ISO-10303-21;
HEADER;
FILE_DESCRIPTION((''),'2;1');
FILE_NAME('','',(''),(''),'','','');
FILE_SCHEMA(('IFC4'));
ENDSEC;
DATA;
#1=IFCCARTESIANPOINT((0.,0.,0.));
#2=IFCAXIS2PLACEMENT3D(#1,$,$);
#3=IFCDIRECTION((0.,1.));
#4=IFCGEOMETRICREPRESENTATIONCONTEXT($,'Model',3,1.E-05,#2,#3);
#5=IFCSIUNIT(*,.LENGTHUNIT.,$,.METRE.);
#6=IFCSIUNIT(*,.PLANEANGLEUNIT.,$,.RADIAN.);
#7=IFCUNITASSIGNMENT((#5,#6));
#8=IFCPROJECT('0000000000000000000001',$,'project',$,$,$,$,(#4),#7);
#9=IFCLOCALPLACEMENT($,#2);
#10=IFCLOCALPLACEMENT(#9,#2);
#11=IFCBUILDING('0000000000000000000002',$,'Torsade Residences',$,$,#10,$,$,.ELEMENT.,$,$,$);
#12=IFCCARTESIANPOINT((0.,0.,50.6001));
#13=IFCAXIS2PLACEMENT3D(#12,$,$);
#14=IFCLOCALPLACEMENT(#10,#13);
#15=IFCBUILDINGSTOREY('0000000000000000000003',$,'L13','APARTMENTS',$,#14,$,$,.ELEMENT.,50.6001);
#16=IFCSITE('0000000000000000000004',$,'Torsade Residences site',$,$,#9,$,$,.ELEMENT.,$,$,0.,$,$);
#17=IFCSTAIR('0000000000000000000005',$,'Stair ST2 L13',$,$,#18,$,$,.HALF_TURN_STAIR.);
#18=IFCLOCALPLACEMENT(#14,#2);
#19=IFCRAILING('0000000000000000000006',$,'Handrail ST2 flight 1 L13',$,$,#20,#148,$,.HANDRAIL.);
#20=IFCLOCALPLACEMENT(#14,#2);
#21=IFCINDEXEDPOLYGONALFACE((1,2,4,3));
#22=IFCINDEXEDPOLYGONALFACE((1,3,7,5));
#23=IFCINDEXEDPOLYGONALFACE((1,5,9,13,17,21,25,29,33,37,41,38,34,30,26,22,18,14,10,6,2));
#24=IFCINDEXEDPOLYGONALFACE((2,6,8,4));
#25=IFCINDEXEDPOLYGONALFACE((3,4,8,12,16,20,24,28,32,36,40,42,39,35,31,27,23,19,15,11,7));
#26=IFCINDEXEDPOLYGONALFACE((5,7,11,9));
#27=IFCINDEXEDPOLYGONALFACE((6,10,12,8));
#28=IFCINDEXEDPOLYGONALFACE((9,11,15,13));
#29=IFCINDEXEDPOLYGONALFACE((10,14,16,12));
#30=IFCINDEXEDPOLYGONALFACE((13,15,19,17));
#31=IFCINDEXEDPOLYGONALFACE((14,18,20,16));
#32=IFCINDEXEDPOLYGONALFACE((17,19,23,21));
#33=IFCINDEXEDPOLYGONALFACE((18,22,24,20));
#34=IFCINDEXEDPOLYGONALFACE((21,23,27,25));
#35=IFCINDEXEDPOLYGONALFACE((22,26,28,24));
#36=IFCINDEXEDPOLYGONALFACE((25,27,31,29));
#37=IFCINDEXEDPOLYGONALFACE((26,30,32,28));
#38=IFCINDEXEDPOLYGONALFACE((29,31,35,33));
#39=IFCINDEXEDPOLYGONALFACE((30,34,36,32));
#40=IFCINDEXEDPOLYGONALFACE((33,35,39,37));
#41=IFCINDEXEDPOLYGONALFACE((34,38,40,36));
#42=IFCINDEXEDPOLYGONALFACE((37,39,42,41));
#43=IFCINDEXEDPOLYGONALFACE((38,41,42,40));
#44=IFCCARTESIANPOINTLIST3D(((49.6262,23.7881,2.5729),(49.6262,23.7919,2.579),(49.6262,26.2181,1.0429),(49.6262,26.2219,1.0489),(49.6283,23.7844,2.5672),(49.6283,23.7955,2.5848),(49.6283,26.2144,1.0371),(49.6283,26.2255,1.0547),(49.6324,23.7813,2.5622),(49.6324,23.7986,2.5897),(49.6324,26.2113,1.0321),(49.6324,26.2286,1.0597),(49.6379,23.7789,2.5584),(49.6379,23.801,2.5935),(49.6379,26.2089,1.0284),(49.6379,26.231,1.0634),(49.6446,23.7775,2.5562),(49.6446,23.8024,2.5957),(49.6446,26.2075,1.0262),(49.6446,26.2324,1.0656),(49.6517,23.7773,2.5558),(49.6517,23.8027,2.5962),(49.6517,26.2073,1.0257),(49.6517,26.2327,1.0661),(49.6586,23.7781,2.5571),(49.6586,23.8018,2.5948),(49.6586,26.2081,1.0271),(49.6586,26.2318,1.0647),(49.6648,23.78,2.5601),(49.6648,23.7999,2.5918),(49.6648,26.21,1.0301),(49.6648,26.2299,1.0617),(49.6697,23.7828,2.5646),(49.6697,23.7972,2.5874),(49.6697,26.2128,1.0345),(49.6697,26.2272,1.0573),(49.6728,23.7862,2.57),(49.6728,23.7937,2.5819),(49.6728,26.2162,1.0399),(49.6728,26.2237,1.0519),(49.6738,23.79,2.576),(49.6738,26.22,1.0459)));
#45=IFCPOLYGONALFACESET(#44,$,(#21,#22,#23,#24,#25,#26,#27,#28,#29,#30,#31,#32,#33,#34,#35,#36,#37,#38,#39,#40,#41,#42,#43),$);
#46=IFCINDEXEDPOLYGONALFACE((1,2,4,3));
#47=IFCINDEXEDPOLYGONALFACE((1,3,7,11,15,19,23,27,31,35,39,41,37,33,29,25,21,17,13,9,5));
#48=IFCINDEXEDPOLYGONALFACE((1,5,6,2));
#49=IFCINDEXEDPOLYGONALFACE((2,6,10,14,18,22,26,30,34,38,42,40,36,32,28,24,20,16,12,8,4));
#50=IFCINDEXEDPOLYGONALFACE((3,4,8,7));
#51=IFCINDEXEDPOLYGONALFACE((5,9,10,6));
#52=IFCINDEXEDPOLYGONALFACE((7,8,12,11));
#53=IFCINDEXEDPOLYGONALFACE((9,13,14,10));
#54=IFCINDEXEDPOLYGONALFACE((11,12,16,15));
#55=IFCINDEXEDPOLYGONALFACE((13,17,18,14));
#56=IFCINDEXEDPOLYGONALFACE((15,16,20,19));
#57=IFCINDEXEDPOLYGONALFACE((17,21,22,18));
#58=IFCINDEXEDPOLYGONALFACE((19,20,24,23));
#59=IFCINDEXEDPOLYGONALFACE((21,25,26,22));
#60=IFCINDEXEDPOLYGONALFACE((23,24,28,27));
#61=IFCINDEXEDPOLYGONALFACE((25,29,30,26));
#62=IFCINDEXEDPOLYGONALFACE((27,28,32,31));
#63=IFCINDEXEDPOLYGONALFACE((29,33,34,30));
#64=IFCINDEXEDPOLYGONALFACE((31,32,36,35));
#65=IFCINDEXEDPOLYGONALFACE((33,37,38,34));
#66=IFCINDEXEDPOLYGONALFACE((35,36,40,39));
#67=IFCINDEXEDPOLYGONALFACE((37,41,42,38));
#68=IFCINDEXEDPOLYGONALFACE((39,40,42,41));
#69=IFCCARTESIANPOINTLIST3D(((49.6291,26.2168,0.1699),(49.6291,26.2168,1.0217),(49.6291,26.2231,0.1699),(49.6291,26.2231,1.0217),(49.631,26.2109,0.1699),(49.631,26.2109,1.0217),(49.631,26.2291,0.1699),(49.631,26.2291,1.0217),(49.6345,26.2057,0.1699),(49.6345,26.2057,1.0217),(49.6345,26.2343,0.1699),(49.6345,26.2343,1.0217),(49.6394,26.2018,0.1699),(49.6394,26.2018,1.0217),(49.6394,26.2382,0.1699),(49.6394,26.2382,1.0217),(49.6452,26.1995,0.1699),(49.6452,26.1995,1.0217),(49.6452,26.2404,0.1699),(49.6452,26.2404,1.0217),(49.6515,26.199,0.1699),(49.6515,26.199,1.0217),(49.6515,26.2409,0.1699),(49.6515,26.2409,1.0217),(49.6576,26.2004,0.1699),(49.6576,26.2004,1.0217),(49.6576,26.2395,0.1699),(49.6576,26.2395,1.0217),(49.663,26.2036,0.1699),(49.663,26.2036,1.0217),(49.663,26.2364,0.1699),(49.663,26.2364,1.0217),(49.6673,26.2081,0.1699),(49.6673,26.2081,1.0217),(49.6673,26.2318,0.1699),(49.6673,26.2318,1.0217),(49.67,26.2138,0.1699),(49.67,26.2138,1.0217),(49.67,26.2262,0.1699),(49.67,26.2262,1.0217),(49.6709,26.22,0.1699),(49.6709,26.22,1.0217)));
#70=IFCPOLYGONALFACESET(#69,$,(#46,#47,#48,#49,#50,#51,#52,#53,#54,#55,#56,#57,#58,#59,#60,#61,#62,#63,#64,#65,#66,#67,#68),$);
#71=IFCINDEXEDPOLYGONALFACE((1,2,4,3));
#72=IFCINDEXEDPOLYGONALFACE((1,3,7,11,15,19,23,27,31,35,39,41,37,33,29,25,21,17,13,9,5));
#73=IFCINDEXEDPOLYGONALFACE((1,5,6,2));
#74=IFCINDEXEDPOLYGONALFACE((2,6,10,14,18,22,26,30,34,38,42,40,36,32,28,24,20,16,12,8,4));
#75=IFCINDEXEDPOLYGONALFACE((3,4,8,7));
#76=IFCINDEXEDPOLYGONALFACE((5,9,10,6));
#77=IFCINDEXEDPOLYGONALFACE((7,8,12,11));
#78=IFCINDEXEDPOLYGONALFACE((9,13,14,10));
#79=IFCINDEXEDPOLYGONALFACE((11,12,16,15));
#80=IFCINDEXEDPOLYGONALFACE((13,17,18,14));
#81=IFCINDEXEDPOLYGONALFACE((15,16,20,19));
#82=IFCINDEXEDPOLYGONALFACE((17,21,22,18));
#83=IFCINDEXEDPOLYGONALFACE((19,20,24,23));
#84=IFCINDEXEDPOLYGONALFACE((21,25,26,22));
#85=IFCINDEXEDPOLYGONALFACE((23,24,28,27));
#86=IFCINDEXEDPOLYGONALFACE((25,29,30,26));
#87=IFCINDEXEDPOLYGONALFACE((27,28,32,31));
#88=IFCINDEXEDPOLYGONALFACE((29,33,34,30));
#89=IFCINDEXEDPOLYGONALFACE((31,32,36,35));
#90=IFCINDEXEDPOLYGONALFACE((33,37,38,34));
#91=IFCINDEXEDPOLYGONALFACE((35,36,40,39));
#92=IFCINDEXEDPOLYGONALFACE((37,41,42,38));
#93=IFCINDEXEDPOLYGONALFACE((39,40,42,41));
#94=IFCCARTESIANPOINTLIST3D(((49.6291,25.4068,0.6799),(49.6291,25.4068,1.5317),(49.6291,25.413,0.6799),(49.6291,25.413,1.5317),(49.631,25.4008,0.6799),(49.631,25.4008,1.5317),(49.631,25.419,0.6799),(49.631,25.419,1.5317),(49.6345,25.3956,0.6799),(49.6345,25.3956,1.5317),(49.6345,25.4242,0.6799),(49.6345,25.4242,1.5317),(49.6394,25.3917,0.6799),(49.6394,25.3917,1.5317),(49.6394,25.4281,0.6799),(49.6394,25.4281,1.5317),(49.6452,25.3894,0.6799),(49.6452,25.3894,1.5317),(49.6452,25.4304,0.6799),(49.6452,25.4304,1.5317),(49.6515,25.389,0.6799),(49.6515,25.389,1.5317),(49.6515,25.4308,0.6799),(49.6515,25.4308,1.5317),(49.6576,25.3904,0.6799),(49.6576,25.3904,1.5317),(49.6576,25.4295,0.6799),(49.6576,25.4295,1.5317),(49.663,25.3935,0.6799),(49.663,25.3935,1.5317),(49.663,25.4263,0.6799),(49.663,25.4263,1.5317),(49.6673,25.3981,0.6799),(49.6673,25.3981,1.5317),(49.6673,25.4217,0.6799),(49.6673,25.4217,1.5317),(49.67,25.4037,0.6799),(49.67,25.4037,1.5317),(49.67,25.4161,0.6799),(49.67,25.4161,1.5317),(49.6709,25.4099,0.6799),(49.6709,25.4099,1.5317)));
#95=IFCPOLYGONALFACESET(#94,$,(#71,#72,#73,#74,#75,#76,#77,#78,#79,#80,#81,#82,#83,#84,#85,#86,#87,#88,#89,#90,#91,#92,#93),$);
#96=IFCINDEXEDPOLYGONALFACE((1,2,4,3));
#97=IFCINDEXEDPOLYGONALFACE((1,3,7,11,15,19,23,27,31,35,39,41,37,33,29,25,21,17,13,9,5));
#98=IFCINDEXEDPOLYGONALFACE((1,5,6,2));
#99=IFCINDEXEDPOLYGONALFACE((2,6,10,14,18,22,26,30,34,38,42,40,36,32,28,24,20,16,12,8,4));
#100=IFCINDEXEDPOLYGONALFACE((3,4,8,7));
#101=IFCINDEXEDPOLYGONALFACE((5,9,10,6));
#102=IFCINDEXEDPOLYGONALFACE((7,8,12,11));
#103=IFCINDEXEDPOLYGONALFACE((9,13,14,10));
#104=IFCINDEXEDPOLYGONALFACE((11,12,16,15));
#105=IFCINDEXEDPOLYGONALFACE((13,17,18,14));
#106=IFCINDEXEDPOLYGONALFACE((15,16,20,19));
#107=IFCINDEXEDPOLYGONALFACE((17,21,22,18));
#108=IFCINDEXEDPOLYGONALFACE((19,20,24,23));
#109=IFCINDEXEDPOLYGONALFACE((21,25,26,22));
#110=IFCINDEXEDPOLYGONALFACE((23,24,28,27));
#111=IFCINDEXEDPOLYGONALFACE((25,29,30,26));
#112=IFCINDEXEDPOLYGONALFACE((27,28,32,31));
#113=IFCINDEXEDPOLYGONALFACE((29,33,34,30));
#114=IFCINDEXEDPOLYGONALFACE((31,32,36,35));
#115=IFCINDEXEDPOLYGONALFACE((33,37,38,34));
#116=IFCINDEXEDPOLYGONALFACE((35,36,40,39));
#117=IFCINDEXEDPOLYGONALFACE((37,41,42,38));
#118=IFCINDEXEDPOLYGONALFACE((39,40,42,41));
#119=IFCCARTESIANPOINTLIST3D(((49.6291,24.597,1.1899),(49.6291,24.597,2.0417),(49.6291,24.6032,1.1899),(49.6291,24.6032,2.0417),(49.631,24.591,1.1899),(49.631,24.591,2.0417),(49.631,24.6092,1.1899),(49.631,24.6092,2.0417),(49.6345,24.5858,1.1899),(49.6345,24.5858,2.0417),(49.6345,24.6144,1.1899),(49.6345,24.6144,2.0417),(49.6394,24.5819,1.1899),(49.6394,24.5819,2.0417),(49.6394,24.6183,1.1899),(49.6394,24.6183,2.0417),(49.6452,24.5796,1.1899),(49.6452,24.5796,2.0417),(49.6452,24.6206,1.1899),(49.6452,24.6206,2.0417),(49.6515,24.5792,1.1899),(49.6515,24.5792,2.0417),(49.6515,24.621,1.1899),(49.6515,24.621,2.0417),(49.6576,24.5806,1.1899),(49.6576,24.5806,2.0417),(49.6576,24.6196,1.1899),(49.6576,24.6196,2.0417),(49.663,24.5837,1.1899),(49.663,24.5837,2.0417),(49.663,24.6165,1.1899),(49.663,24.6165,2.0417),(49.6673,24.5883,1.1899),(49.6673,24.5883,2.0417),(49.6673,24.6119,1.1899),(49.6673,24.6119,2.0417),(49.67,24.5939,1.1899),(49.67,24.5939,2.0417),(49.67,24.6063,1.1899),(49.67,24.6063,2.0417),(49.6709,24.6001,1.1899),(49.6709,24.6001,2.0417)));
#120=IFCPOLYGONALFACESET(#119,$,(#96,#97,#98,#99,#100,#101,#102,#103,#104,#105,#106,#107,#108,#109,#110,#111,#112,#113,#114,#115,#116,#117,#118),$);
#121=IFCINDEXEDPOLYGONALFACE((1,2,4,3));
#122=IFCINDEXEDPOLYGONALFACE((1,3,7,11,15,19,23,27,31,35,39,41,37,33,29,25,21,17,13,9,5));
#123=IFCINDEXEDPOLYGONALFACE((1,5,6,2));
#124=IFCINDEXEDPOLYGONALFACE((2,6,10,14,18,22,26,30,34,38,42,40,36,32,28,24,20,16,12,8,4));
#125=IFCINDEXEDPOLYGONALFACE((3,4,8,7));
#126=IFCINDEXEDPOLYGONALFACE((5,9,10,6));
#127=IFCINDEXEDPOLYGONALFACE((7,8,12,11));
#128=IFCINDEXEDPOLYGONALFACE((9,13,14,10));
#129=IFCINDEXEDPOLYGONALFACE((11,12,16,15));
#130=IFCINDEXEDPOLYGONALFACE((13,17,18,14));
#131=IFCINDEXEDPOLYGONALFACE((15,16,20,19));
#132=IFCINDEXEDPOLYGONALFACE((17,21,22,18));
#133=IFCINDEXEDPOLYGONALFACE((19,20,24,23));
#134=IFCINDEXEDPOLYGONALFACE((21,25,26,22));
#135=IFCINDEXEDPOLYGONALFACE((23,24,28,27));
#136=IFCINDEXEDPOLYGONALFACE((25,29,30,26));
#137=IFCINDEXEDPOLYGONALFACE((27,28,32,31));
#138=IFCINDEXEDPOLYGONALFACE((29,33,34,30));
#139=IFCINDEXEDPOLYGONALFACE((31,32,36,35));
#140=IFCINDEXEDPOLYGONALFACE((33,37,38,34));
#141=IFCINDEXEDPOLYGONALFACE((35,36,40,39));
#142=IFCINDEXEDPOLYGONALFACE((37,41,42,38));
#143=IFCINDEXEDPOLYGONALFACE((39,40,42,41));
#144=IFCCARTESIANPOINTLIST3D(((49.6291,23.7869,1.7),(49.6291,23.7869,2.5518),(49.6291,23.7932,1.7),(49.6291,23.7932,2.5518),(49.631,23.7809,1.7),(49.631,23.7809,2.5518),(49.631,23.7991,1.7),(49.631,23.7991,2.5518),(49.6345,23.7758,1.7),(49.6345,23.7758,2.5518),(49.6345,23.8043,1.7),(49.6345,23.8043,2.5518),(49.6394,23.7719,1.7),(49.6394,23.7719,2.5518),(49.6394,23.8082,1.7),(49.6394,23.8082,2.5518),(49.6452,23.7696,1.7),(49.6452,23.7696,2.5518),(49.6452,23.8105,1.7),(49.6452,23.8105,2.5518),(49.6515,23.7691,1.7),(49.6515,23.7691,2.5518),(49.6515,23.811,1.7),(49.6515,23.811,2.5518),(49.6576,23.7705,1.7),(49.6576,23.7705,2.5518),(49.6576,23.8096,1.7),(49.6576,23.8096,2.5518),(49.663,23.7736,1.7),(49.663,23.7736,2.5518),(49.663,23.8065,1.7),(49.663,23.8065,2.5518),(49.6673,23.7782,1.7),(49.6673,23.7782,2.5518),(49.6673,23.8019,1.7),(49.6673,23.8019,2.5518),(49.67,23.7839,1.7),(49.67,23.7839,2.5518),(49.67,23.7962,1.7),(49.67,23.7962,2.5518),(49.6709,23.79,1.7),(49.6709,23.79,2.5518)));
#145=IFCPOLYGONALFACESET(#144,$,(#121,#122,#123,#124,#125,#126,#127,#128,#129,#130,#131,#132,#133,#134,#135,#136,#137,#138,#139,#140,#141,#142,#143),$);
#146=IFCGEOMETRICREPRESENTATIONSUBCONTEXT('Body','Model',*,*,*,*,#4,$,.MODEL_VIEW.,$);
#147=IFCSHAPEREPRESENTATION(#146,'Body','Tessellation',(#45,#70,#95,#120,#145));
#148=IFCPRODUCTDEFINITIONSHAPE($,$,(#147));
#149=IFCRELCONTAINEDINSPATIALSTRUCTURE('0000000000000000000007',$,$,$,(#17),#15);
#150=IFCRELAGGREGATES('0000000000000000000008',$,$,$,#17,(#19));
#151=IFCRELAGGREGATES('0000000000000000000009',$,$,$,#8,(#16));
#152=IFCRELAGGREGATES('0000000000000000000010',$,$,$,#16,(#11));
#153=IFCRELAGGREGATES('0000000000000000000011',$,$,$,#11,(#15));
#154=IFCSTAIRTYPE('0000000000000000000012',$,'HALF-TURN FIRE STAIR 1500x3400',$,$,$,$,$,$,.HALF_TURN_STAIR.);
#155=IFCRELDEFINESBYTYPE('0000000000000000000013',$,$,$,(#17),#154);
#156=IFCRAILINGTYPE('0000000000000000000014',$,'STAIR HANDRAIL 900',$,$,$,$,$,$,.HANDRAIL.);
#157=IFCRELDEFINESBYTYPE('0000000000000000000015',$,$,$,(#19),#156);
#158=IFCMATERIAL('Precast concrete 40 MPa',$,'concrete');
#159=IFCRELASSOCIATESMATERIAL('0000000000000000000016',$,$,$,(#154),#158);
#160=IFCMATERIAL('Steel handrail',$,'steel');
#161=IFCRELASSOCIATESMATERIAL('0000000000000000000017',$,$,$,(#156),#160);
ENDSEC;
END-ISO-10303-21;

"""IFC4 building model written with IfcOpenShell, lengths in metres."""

from ifc_helpers import new_model, si_unit, direction, frame, origin, origin_2d, place, context, subcontext, project, spatial, circle, extrude, material, type_object, element, aggregate, save


model = new_model("IFC4")

# Units and contexts
model_context = context("Model", 3, precision=1e-05, world=origin(), true_north=direction((0.0, 1.0)))
body_context = subcontext(model_context, "Body", "Model", "MODEL_VIEW")
ifc_project = project(units=[si_unit("LENGTHUNIT", "METRE"), si_unit("PLANEANGLEUNIT", "RADIAN")], contexts=[model_context])

# Site, building, storey
site_placement = place(None, origin())
site = spatial("IfcSite", under=ifc_project, at=site_placement, Name="Torsade Residences site", CompositionType="ELEMENT", RefElevation=0.0)
building_placement = place(site_placement, origin())
building = spatial("IfcBuilding", under=site, at=building_placement, Name="Torsade Residences", CompositionType="ELEMENT")
storey_placement = place(building_placement, frame((0.0, 0.0, 50.6001)))
storey = spatial("IfcBuildingStorey", under=building, at=storey_placement, Name="L13", Description="APARTMENTS", CompositionType="ELEMENT", Elevation=50.6001)

# Stair, railing
ifc_material_1 = material(Name="Precast concrete 40 MPa", Category="concrete")
stair_type = type_object("IfcStairType", Name="HALF-TURN FIRE STAIR 1500x3400", PredefinedType="HALF_TURN_STAIR", material=ifc_material_1)
stair_placement = place(storey_placement, origin())
stair = element("IfcStair", 1, at=stair_placement, inside=storey, type_object=stair_type, Name="Stair ST2 L13", PredefinedType="HALF_TURN_STAIR")
ifc_material_2 = material(Name="Steel handrail", Category="steel")
railing_type = type_object("IfcRailingType", Name="STAIR HANDRAIL 900", PredefinedType="HANDRAIL", material=ifc_material_2)
railing_1_placement = place(storey_placement, frame((49.6499, 26.22, 0.1699)))
railing_1 = element("IfcRailing", 2, at=railing_1_placement, type_object=railing_type, Name="Handrail ST2 flight 1 L13", PredefinedType="HANDRAIL", context=body_context, shape_type="SweptSolid", body=[
    extrude(circle(Radius=0.0239, at=origin_2d()), frame((0.0, 0.0, 0.876), z_axis=(0.0, -0.846221, 0.532831), x_axis=(1.0, 0.0, 0.0)), (0.0, 0.0, 1.0), 2.8716),
    extrude(circle(Radius=0.021, at=origin_2d()), origin(), (0.0, 0.0, 1.0), 0.8518),
    extrude(circle(Radius=0.021, at=origin_2d()), frame((0.0, -0.8101, 0.51)), (0.0, 0.0, 1.0), 0.8518),
    extrude(circle(Radius=0.021, at=origin_2d()), frame((0.0, -1.6199, 1.02)), (0.0, 0.0, 1.0), 0.8518),
    extrude(circle(Radius=0.021, at=origin_2d()), frame((0.0, -2.4299, 1.53)), (0.0, 0.0, 1.0), 0.8518),
])
aggregate(stair, [railing_1])

save(model, "model.ifc")
